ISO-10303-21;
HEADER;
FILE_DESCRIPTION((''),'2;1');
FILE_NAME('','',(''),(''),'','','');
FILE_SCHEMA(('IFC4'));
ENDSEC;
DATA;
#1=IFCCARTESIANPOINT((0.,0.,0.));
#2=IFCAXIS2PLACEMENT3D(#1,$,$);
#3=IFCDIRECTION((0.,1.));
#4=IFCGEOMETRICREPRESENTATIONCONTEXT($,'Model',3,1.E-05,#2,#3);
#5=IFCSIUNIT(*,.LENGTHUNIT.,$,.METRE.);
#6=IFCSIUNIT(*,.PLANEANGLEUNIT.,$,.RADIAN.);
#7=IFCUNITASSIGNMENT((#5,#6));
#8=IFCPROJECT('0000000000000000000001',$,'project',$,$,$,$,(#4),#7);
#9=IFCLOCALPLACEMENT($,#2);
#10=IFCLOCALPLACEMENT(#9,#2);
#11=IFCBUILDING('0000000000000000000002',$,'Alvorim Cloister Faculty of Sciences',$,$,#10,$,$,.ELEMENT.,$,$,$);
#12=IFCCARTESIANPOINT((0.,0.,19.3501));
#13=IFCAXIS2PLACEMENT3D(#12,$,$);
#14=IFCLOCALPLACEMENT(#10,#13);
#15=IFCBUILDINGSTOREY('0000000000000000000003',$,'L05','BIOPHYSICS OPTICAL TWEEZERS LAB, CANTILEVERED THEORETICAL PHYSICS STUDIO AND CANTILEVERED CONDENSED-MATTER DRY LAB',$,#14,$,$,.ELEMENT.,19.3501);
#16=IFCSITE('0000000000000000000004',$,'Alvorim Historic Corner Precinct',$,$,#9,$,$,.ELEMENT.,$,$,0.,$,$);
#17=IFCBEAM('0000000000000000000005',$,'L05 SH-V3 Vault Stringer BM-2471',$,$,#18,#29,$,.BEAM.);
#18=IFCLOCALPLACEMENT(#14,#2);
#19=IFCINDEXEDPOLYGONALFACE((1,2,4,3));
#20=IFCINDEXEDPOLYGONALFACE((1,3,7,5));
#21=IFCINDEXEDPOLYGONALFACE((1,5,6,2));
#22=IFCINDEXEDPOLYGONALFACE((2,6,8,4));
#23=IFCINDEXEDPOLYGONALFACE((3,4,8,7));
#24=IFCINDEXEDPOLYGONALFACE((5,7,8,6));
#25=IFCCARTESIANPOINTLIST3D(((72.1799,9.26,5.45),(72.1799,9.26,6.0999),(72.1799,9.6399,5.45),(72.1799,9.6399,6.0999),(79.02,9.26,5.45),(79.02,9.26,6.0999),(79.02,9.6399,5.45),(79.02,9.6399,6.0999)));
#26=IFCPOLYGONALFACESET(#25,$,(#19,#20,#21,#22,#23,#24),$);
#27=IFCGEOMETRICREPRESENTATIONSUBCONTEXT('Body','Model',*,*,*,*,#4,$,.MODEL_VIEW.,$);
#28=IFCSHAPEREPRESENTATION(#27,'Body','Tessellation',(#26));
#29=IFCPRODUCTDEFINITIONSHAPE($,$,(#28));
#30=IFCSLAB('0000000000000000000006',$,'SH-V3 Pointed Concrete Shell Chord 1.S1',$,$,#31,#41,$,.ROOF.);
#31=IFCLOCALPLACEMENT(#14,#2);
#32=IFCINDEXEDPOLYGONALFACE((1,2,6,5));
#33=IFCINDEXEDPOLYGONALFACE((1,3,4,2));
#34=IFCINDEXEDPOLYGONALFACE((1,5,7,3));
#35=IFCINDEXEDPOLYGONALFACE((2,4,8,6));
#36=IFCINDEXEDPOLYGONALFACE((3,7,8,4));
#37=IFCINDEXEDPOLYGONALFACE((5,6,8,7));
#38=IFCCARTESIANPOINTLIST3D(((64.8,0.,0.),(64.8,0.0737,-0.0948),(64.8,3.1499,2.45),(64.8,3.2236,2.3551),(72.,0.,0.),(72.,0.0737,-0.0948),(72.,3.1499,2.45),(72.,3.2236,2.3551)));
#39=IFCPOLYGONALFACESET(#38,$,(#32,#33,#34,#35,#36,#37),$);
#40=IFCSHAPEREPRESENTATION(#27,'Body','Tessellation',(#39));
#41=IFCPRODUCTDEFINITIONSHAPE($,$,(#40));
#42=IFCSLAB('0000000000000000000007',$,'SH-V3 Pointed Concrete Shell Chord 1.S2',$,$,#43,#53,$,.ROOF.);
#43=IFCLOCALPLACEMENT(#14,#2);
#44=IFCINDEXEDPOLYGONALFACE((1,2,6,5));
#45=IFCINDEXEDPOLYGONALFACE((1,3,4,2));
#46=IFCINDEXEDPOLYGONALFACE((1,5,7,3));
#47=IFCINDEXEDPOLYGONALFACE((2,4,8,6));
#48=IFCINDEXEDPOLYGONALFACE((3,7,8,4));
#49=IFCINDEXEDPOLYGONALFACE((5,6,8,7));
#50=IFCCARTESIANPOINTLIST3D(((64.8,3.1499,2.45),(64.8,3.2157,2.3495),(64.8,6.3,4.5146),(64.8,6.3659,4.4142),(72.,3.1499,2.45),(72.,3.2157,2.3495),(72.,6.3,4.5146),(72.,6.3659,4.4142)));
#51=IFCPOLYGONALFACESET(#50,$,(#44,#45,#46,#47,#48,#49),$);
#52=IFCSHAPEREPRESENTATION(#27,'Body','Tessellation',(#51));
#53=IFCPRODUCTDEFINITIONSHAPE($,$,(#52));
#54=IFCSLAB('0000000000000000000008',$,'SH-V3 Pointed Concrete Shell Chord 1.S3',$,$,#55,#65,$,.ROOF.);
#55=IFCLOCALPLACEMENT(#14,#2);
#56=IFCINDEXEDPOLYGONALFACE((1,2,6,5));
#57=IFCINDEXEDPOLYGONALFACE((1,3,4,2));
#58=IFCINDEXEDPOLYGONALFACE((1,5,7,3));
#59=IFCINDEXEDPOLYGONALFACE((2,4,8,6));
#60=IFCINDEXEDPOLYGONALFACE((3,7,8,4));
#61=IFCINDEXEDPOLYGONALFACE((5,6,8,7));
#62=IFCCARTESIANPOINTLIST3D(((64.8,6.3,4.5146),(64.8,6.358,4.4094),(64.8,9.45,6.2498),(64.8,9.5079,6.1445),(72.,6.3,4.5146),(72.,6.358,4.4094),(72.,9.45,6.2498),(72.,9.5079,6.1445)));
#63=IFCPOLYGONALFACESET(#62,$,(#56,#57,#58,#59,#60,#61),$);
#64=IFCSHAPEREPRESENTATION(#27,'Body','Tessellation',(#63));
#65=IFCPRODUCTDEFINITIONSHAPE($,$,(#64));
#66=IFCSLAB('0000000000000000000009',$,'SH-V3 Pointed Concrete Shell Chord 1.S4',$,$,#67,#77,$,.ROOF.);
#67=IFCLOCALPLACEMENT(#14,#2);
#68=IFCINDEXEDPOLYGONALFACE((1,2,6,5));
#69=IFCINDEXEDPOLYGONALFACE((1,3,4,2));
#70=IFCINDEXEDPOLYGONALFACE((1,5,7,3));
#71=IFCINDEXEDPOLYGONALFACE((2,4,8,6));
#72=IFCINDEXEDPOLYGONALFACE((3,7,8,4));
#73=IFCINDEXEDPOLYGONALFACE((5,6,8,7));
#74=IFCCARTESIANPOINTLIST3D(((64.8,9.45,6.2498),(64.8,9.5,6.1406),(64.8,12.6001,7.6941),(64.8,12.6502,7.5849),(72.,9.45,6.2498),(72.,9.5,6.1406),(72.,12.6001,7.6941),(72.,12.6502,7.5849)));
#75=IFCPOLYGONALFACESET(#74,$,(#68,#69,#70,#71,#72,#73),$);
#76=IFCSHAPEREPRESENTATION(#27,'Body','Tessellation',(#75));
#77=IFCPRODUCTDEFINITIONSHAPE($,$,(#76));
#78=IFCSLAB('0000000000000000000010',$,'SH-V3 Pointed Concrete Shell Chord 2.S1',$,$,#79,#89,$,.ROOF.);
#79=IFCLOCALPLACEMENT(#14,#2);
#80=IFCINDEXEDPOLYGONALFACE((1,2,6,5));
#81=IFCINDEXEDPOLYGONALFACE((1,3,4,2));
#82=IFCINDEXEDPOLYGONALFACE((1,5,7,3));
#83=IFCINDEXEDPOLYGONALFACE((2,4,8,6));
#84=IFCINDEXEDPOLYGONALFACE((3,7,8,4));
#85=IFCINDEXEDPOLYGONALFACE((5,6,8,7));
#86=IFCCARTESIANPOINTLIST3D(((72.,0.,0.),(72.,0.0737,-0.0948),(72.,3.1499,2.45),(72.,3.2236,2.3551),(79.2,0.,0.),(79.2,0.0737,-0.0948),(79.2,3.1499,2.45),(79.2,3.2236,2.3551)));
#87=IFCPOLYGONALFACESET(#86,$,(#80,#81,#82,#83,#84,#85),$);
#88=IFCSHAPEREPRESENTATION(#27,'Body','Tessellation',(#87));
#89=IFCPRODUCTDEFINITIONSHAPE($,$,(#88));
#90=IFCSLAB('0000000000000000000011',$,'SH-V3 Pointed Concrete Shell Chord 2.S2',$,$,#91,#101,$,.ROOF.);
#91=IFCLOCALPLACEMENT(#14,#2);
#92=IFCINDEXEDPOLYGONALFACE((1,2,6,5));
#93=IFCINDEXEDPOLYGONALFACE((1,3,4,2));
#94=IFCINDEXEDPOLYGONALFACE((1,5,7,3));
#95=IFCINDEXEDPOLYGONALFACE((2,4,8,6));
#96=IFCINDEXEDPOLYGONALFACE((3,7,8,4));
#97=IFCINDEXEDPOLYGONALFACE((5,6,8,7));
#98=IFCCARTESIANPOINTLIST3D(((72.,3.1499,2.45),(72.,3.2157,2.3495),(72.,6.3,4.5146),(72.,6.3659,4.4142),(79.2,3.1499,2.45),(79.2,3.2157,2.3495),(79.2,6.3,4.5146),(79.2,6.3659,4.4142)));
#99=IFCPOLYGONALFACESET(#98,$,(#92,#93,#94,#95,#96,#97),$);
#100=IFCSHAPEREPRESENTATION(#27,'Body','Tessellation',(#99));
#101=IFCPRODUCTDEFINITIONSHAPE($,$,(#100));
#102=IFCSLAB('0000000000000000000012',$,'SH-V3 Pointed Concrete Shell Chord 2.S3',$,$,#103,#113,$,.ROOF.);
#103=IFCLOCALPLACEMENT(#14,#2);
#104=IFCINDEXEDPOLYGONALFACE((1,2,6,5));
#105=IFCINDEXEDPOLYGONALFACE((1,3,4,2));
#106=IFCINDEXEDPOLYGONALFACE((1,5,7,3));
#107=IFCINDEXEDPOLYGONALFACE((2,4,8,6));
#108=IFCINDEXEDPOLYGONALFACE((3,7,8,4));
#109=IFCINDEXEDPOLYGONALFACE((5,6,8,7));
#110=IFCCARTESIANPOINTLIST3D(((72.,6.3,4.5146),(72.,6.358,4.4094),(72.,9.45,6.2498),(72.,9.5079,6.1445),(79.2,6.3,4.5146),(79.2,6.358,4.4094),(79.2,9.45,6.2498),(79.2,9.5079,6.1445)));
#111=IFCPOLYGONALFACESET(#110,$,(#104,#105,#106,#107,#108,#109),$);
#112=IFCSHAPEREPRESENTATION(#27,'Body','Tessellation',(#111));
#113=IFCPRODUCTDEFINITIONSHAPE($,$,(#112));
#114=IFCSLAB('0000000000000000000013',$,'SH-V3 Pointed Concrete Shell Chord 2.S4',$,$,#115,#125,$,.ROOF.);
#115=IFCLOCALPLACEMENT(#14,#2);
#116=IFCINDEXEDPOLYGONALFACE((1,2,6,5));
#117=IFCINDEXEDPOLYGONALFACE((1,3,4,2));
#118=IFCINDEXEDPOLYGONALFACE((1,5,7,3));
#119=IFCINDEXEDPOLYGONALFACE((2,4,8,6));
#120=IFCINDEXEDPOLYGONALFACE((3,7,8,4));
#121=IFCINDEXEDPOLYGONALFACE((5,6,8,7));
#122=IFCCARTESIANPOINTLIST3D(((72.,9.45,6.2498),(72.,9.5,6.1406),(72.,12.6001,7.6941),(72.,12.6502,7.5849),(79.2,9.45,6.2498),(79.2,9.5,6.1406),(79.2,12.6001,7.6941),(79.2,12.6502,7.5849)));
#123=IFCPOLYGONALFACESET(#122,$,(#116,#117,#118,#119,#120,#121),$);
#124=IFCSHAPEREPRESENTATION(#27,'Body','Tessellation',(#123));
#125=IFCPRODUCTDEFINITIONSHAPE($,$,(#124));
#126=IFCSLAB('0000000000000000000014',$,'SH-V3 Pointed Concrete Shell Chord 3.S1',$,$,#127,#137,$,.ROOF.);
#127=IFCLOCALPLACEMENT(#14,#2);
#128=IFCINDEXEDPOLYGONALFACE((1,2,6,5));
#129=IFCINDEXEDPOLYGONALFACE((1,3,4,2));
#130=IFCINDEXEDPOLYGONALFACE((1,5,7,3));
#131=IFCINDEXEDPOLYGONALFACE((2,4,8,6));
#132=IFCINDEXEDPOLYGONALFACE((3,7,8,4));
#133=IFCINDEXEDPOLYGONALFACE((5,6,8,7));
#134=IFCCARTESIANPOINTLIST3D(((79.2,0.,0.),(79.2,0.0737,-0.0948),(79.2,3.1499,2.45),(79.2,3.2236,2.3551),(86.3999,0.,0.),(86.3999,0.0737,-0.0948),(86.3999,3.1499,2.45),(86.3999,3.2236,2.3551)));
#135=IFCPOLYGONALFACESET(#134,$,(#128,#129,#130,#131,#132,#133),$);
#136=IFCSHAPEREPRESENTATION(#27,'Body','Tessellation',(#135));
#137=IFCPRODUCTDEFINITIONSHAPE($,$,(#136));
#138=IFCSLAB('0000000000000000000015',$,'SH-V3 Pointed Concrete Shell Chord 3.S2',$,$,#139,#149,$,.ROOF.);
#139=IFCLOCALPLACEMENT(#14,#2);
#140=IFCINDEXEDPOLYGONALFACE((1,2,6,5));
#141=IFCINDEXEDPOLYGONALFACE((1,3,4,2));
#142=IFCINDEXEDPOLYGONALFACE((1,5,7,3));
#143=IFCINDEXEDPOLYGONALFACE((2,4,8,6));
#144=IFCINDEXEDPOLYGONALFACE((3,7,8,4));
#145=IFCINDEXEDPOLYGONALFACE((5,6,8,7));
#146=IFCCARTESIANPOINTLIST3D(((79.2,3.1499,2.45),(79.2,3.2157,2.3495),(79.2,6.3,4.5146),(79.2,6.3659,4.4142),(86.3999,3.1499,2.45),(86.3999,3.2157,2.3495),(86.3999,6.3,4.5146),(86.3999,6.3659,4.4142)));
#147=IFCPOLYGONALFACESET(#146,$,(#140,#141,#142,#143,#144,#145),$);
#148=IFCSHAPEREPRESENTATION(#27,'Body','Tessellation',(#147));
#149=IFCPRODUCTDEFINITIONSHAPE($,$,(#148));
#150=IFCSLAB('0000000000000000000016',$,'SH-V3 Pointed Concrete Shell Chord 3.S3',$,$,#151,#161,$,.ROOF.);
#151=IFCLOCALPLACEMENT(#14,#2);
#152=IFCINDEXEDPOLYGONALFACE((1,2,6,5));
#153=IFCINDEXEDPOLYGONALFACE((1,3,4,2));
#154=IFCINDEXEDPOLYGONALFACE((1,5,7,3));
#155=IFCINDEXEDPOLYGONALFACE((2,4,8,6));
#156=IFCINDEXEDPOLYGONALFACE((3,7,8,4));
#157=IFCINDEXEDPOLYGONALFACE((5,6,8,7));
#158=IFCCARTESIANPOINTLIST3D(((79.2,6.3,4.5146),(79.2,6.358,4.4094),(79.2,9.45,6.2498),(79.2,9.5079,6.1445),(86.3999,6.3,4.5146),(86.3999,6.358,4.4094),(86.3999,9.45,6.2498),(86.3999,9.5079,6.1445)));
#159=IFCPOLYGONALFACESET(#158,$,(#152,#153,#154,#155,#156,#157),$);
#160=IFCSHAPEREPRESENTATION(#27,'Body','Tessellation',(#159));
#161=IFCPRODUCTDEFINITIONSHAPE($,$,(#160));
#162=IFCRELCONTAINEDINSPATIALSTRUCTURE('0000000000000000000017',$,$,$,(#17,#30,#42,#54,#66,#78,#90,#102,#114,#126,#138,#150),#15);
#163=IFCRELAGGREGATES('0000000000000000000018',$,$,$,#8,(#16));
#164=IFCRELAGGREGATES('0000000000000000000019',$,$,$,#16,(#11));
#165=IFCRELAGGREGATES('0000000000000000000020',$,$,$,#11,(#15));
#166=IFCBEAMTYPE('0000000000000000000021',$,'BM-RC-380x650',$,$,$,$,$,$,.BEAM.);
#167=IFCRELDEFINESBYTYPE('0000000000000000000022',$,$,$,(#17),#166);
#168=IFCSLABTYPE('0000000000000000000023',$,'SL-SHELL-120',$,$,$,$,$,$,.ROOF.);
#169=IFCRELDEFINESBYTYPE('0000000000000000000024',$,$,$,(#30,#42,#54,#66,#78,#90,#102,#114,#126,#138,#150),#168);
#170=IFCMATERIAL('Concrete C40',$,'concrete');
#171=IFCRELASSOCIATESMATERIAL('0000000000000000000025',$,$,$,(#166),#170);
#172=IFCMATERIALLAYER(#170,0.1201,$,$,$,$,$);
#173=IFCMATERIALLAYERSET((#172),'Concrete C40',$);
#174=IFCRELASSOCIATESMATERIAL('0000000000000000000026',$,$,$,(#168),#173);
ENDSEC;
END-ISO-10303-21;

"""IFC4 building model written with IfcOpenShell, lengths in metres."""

from ifc_helpers import new_model, si_unit, direction, frame, origin, origin_2d, place, context, subcontext, project, spatial, polyline, rectangle, outline, extrude, material, layer, layer_set, material_profile, profile_set, type_object, element, save


model = new_model("IFC4")

# Units and contexts
model_context = context("Model", 3, precision=1e-05, world=origin(), true_north=direction((0.0, 1.0)))
body_context = subcontext(model_context, "Body", "Model", "MODEL_VIEW")
ifc_project = project(units=[si_unit("LENGTHUNIT", "METRE"), si_unit("PLANEANGLEUNIT", "RADIAN")], contexts=[model_context])

# Site, building, storey
site_placement = place(None, origin())
site = spatial("IfcSite", under=ifc_project, at=site_placement, Name="Alvorim Historic Corner Precinct", CompositionType="ELEMENT", RefElevation=0.0)
building_placement = place(site_placement, origin())
building = spatial("IfcBuilding", under=site, at=building_placement, Name="Alvorim Cloister Faculty of Sciences", CompositionType="ELEMENT")
storey_placement = place(building_placement, frame((0.0, 0.0, 19.3501)))
storey = spatial("IfcBuildingStorey", under=building, at=storey_placement, Name="L05", Description="BIOPHYSICS OPTICAL TWEEZERS LAB, CANTILEVERED THEORETICAL PHYSICS STUDIO AND CANTILEVERED CONDENSED-MATTER DRY LAB", CompositionType="ELEMENT", Elevation=19.3501)

# Beam
ifc_material_1 = material(Name="Concrete C40", Category="concrete")
ifc_material_profile_1 = material_profile(ifc_material_1, rectangle(XDim=0.3799, YDim=0.6499, at=origin_2d()), Name="RC40-BM-380x650")
ifc_profile_set_1 = profile_set([ifc_material_profile_1], Name="Concrete C40")
beam_type_1 = type_object("IfcBeamType", Name="BM-RC-380x650", PredefinedType="BEAM", material=ifc_profile_set_1)
for number, where, z_axis, x_axis, name in (
    (1, (72.1799, 9.45, 5.7749), (1.0, 0.0, 0.0), (0.0, 1.0, 0.0), "L05 SH-V3 Vault Stringer BM-2471"),
):
    element("IfcBeam", number, at=place(storey_placement, frame(where, z_axis=z_axis, x_axis=x_axis)), inside=storey, type_object=beam_type_1, Name=name, PredefinedType="BEAM", context=body_context, shape_type="SweptSolid", body=[
        extrude(rectangle(XDim=0.3799, YDim=0.6499, at=origin_2d()), origin(), (0.0, 0.0, 1.0), 6.8401),
    ])

# Slabs
ifc_layer_1 = layer(ifc_material_1, 0.1201)
ifc_layer_set_1 = layer_set([ifc_layer_1], Name="Concrete C40")
slab_type = type_object("IfcSlabType", Name="SL-SHELL-120", PredefinedType="ROOF", material=ifc_layer_set_1)
slab_1_placement = place(storey_placement, frame((64.8, 0.0, 0.0), z_axis=(0.0, -0.613945, 0.789349), x_axis=(1.0, 0.0, 0.0)))
element("IfcSlab", 2, at=slab_1_placement, inside=storey, type_object=slab_type, Name="SH-V3 Pointed Concrete Shell Chord 1.S1", PredefinedType="ROOF", context=body_context, shape_type="SweptSolid", body=[
    extrude(outline(polyline([(0.0, 0.0), (7.2, 0.0), (7.2, 3.9905), (0.0, 3.9905), (0.0, 0.0)])), origin(), (0.0, 0.0, -1.0), 0.1201),
])
slab_2_placement = place(storey_placement, frame((64.8, 3.1499, 2.45), z_axis=(0.0, -0.548176, 0.836363), x_axis=(1.0, 0.0, 0.0)))
element("IfcSlab", 3, at=slab_2_placement, inside=storey, type_object=slab_type, Name="SH-V3 Pointed Concrete Shell Chord 1.S2", PredefinedType="ROOF", context=body_context, shape_type="SweptSolid", body=[
    extrude(outline(polyline([(0.0, 0.0), (7.2, 0.0), (7.2, 3.7665), (0.0, 3.7665), (0.0, 0.0)])), origin(), (0.0, 0.0, -1.0), 0.1201),
])
slab_3_placement = place(storey_placement, frame((64.8, 6.3, 4.5146), z_axis=(0.0, -0.482487, 0.875903), x_axis=(1.0, 0.0, 0.0)))
element("IfcSlab", 4, at=slab_3_placement, inside=storey, type_object=slab_type, Name="SH-V3 Pointed Concrete Shell Chord 1.S3", PredefinedType="ROOF", context=body_context, shape_type="SweptSolid", body=[
    extrude(outline(polyline([(0.0, 0.0), (7.2, 0.0), (7.2, 3.5962), (0.0, 3.5962), (0.0, 0.0)])), origin(), (0.0, 0.0, -1.0), 0.1201),
])
slab_4_placement = place(storey_placement, frame((64.8, 9.45, 6.2498), z_axis=(0.0, -0.416778, 0.909008), x_axis=(1.0, 0.0, 0.0)))
element("IfcSlab", 5, at=slab_4_placement, inside=storey, type_object=slab_type, Name="SH-V3 Pointed Concrete Shell Chord 1.S4", PredefinedType="ROOF", context=body_context, shape_type="SweptSolid", body=[
    extrude(outline(polyline([(0.0, 0.0), (7.2, 0.0), (7.2, 3.4655), (0.0, 3.4655), (0.0, 0.0)])), origin(), (0.0, 0.0, -1.0), 0.1201),
])
slab_5_placement = place(storey_placement, frame((72.0, 0.0, 0.0), z_axis=(0.0, -0.613945, 0.789349), x_axis=(1.0, 0.0, 0.0)))
element("IfcSlab", 6, at=slab_5_placement, inside=storey, type_object=slab_type, Name="SH-V3 Pointed Concrete Shell Chord 2.S1", PredefinedType="ROOF", context=body_context, shape_type="SweptSolid", body=[
    extrude(outline(polyline([(0.0, 0.0), (7.2, 0.0), (7.2, 3.9905), (0.0, 3.9905), (0.0, 0.0)])), origin(), (0.0, 0.0, -1.0), 0.1201),
])
slab_6_placement = place(storey_placement, frame((72.0, 3.1499, 2.45), z_axis=(0.0, -0.548176, 0.836363), x_axis=(1.0, 0.0, 0.0)))
element("IfcSlab", 7, at=slab_6_placement, inside=storey, type_object=slab_type, Name="SH-V3 Pointed Concrete Shell Chord 2.S2", PredefinedType="ROOF", context=body_context, shape_type="SweptSolid", body=[
    extrude(outline(polyline([(0.0, 0.0), (7.2, 0.0), (7.2, 3.7665), (0.0, 3.7665), (0.0, 0.0)])), origin(), (0.0, 0.0, -1.0), 0.1201),
])
slab_7_placement = place(storey_placement, frame((72.0, 6.3, 4.5146), z_axis=(0.0, -0.482487, 0.875903), x_axis=(1.0, 0.0, 0.0)))
element("IfcSlab", 8, at=slab_7_placement, inside=storey, type_object=slab_type, Name="SH-V3 Pointed Concrete Shell Chord 2.S3", PredefinedType="ROOF", context=body_context, shape_type="SweptSolid", body=[
    extrude(outline(polyline([(0.0, 0.0), (7.2, 0.0), (7.2, 3.5962), (0.0, 3.5962), (0.0, 0.0)])), origin(), (0.0, 0.0, -1.0), 0.1201),
])
slab_8_placement = place(storey_placement, frame((72.0, 9.45, 6.2498), z_axis=(0.0, -0.416778, 0.909008), x_axis=(1.0, 0.0, 0.0)))
element("IfcSlab", 9, at=slab_8_placement, inside=storey, type_object=slab_type, Name="SH-V3 Pointed Concrete Shell Chord 2.S4", PredefinedType="ROOF", context=body_context, shape_type="SweptSolid", body=[
    extrude(outline(polyline([(0.0, 0.0), (7.2, 0.0), (7.2, 3.4655), (0.0, 3.4655), (0.0, 0.0)])), origin(), (0.0, 0.0, -1.0), 0.1201),
])
slab_9_placement = place(storey_placement, frame((79.2, 0.0, 0.0), z_axis=(0.0, -0.613945, 0.789349), x_axis=(1.0, 0.0, 0.0)))
element("IfcSlab", 10, at=slab_9_placement, inside=storey, type_object=slab_type, Name="SH-V3 Pointed Concrete Shell Chord 3.S1", PredefinedType="ROOF", context=body_context, shape_type="SweptSolid", body=[
    extrude(outline(polyline([(0.0, 0.0), (7.2, 0.0), (7.2, 3.9905), (0.0, 3.9905), (0.0, 0.0)])), origin(), (0.0, 0.0, -1.0), 0.1201),
])
slab_10_placement = place(storey_placement, frame((79.2, 3.1499, 2.45), z_axis=(0.0, -0.548176, 0.836363), x_axis=(1.0, 0.0, 0.0)))
element("IfcSlab", 11, at=slab_10_placement, inside=storey, type_object=slab_type, Name="SH-V3 Pointed Concrete Shell Chord 3.S2", PredefinedType="ROOF", context=body_context, shape_type="SweptSolid", body=[
    extrude(outline(polyline([(0.0, 0.0), (7.2, 0.0), (7.2, 3.7665), (0.0, 3.7665), (0.0, 0.0)])), origin(), (0.0, 0.0, -1.0), 0.1201),
])
slab_11_placement = place(storey_placement, frame((79.2, 6.3, 4.5146), z_axis=(0.0, -0.482487, 0.875903), x_axis=(1.0, 0.0, 0.0)))
element("IfcSlab", 12, at=slab_11_placement, inside=storey, type_object=slab_type, Name="SH-V3 Pointed Concrete Shell Chord 3.S3", PredefinedType="ROOF", context=body_context, shape_type="SweptSolid", body=[
    extrude(outline(polyline([(0.0, 0.0), (7.2, 0.0), (7.2, 3.5962), (0.0, 3.5962), (0.0, 0.0)])), origin(), (0.0, 0.0, -1.0), 0.1201),
])

save(model, "model.ifc")
